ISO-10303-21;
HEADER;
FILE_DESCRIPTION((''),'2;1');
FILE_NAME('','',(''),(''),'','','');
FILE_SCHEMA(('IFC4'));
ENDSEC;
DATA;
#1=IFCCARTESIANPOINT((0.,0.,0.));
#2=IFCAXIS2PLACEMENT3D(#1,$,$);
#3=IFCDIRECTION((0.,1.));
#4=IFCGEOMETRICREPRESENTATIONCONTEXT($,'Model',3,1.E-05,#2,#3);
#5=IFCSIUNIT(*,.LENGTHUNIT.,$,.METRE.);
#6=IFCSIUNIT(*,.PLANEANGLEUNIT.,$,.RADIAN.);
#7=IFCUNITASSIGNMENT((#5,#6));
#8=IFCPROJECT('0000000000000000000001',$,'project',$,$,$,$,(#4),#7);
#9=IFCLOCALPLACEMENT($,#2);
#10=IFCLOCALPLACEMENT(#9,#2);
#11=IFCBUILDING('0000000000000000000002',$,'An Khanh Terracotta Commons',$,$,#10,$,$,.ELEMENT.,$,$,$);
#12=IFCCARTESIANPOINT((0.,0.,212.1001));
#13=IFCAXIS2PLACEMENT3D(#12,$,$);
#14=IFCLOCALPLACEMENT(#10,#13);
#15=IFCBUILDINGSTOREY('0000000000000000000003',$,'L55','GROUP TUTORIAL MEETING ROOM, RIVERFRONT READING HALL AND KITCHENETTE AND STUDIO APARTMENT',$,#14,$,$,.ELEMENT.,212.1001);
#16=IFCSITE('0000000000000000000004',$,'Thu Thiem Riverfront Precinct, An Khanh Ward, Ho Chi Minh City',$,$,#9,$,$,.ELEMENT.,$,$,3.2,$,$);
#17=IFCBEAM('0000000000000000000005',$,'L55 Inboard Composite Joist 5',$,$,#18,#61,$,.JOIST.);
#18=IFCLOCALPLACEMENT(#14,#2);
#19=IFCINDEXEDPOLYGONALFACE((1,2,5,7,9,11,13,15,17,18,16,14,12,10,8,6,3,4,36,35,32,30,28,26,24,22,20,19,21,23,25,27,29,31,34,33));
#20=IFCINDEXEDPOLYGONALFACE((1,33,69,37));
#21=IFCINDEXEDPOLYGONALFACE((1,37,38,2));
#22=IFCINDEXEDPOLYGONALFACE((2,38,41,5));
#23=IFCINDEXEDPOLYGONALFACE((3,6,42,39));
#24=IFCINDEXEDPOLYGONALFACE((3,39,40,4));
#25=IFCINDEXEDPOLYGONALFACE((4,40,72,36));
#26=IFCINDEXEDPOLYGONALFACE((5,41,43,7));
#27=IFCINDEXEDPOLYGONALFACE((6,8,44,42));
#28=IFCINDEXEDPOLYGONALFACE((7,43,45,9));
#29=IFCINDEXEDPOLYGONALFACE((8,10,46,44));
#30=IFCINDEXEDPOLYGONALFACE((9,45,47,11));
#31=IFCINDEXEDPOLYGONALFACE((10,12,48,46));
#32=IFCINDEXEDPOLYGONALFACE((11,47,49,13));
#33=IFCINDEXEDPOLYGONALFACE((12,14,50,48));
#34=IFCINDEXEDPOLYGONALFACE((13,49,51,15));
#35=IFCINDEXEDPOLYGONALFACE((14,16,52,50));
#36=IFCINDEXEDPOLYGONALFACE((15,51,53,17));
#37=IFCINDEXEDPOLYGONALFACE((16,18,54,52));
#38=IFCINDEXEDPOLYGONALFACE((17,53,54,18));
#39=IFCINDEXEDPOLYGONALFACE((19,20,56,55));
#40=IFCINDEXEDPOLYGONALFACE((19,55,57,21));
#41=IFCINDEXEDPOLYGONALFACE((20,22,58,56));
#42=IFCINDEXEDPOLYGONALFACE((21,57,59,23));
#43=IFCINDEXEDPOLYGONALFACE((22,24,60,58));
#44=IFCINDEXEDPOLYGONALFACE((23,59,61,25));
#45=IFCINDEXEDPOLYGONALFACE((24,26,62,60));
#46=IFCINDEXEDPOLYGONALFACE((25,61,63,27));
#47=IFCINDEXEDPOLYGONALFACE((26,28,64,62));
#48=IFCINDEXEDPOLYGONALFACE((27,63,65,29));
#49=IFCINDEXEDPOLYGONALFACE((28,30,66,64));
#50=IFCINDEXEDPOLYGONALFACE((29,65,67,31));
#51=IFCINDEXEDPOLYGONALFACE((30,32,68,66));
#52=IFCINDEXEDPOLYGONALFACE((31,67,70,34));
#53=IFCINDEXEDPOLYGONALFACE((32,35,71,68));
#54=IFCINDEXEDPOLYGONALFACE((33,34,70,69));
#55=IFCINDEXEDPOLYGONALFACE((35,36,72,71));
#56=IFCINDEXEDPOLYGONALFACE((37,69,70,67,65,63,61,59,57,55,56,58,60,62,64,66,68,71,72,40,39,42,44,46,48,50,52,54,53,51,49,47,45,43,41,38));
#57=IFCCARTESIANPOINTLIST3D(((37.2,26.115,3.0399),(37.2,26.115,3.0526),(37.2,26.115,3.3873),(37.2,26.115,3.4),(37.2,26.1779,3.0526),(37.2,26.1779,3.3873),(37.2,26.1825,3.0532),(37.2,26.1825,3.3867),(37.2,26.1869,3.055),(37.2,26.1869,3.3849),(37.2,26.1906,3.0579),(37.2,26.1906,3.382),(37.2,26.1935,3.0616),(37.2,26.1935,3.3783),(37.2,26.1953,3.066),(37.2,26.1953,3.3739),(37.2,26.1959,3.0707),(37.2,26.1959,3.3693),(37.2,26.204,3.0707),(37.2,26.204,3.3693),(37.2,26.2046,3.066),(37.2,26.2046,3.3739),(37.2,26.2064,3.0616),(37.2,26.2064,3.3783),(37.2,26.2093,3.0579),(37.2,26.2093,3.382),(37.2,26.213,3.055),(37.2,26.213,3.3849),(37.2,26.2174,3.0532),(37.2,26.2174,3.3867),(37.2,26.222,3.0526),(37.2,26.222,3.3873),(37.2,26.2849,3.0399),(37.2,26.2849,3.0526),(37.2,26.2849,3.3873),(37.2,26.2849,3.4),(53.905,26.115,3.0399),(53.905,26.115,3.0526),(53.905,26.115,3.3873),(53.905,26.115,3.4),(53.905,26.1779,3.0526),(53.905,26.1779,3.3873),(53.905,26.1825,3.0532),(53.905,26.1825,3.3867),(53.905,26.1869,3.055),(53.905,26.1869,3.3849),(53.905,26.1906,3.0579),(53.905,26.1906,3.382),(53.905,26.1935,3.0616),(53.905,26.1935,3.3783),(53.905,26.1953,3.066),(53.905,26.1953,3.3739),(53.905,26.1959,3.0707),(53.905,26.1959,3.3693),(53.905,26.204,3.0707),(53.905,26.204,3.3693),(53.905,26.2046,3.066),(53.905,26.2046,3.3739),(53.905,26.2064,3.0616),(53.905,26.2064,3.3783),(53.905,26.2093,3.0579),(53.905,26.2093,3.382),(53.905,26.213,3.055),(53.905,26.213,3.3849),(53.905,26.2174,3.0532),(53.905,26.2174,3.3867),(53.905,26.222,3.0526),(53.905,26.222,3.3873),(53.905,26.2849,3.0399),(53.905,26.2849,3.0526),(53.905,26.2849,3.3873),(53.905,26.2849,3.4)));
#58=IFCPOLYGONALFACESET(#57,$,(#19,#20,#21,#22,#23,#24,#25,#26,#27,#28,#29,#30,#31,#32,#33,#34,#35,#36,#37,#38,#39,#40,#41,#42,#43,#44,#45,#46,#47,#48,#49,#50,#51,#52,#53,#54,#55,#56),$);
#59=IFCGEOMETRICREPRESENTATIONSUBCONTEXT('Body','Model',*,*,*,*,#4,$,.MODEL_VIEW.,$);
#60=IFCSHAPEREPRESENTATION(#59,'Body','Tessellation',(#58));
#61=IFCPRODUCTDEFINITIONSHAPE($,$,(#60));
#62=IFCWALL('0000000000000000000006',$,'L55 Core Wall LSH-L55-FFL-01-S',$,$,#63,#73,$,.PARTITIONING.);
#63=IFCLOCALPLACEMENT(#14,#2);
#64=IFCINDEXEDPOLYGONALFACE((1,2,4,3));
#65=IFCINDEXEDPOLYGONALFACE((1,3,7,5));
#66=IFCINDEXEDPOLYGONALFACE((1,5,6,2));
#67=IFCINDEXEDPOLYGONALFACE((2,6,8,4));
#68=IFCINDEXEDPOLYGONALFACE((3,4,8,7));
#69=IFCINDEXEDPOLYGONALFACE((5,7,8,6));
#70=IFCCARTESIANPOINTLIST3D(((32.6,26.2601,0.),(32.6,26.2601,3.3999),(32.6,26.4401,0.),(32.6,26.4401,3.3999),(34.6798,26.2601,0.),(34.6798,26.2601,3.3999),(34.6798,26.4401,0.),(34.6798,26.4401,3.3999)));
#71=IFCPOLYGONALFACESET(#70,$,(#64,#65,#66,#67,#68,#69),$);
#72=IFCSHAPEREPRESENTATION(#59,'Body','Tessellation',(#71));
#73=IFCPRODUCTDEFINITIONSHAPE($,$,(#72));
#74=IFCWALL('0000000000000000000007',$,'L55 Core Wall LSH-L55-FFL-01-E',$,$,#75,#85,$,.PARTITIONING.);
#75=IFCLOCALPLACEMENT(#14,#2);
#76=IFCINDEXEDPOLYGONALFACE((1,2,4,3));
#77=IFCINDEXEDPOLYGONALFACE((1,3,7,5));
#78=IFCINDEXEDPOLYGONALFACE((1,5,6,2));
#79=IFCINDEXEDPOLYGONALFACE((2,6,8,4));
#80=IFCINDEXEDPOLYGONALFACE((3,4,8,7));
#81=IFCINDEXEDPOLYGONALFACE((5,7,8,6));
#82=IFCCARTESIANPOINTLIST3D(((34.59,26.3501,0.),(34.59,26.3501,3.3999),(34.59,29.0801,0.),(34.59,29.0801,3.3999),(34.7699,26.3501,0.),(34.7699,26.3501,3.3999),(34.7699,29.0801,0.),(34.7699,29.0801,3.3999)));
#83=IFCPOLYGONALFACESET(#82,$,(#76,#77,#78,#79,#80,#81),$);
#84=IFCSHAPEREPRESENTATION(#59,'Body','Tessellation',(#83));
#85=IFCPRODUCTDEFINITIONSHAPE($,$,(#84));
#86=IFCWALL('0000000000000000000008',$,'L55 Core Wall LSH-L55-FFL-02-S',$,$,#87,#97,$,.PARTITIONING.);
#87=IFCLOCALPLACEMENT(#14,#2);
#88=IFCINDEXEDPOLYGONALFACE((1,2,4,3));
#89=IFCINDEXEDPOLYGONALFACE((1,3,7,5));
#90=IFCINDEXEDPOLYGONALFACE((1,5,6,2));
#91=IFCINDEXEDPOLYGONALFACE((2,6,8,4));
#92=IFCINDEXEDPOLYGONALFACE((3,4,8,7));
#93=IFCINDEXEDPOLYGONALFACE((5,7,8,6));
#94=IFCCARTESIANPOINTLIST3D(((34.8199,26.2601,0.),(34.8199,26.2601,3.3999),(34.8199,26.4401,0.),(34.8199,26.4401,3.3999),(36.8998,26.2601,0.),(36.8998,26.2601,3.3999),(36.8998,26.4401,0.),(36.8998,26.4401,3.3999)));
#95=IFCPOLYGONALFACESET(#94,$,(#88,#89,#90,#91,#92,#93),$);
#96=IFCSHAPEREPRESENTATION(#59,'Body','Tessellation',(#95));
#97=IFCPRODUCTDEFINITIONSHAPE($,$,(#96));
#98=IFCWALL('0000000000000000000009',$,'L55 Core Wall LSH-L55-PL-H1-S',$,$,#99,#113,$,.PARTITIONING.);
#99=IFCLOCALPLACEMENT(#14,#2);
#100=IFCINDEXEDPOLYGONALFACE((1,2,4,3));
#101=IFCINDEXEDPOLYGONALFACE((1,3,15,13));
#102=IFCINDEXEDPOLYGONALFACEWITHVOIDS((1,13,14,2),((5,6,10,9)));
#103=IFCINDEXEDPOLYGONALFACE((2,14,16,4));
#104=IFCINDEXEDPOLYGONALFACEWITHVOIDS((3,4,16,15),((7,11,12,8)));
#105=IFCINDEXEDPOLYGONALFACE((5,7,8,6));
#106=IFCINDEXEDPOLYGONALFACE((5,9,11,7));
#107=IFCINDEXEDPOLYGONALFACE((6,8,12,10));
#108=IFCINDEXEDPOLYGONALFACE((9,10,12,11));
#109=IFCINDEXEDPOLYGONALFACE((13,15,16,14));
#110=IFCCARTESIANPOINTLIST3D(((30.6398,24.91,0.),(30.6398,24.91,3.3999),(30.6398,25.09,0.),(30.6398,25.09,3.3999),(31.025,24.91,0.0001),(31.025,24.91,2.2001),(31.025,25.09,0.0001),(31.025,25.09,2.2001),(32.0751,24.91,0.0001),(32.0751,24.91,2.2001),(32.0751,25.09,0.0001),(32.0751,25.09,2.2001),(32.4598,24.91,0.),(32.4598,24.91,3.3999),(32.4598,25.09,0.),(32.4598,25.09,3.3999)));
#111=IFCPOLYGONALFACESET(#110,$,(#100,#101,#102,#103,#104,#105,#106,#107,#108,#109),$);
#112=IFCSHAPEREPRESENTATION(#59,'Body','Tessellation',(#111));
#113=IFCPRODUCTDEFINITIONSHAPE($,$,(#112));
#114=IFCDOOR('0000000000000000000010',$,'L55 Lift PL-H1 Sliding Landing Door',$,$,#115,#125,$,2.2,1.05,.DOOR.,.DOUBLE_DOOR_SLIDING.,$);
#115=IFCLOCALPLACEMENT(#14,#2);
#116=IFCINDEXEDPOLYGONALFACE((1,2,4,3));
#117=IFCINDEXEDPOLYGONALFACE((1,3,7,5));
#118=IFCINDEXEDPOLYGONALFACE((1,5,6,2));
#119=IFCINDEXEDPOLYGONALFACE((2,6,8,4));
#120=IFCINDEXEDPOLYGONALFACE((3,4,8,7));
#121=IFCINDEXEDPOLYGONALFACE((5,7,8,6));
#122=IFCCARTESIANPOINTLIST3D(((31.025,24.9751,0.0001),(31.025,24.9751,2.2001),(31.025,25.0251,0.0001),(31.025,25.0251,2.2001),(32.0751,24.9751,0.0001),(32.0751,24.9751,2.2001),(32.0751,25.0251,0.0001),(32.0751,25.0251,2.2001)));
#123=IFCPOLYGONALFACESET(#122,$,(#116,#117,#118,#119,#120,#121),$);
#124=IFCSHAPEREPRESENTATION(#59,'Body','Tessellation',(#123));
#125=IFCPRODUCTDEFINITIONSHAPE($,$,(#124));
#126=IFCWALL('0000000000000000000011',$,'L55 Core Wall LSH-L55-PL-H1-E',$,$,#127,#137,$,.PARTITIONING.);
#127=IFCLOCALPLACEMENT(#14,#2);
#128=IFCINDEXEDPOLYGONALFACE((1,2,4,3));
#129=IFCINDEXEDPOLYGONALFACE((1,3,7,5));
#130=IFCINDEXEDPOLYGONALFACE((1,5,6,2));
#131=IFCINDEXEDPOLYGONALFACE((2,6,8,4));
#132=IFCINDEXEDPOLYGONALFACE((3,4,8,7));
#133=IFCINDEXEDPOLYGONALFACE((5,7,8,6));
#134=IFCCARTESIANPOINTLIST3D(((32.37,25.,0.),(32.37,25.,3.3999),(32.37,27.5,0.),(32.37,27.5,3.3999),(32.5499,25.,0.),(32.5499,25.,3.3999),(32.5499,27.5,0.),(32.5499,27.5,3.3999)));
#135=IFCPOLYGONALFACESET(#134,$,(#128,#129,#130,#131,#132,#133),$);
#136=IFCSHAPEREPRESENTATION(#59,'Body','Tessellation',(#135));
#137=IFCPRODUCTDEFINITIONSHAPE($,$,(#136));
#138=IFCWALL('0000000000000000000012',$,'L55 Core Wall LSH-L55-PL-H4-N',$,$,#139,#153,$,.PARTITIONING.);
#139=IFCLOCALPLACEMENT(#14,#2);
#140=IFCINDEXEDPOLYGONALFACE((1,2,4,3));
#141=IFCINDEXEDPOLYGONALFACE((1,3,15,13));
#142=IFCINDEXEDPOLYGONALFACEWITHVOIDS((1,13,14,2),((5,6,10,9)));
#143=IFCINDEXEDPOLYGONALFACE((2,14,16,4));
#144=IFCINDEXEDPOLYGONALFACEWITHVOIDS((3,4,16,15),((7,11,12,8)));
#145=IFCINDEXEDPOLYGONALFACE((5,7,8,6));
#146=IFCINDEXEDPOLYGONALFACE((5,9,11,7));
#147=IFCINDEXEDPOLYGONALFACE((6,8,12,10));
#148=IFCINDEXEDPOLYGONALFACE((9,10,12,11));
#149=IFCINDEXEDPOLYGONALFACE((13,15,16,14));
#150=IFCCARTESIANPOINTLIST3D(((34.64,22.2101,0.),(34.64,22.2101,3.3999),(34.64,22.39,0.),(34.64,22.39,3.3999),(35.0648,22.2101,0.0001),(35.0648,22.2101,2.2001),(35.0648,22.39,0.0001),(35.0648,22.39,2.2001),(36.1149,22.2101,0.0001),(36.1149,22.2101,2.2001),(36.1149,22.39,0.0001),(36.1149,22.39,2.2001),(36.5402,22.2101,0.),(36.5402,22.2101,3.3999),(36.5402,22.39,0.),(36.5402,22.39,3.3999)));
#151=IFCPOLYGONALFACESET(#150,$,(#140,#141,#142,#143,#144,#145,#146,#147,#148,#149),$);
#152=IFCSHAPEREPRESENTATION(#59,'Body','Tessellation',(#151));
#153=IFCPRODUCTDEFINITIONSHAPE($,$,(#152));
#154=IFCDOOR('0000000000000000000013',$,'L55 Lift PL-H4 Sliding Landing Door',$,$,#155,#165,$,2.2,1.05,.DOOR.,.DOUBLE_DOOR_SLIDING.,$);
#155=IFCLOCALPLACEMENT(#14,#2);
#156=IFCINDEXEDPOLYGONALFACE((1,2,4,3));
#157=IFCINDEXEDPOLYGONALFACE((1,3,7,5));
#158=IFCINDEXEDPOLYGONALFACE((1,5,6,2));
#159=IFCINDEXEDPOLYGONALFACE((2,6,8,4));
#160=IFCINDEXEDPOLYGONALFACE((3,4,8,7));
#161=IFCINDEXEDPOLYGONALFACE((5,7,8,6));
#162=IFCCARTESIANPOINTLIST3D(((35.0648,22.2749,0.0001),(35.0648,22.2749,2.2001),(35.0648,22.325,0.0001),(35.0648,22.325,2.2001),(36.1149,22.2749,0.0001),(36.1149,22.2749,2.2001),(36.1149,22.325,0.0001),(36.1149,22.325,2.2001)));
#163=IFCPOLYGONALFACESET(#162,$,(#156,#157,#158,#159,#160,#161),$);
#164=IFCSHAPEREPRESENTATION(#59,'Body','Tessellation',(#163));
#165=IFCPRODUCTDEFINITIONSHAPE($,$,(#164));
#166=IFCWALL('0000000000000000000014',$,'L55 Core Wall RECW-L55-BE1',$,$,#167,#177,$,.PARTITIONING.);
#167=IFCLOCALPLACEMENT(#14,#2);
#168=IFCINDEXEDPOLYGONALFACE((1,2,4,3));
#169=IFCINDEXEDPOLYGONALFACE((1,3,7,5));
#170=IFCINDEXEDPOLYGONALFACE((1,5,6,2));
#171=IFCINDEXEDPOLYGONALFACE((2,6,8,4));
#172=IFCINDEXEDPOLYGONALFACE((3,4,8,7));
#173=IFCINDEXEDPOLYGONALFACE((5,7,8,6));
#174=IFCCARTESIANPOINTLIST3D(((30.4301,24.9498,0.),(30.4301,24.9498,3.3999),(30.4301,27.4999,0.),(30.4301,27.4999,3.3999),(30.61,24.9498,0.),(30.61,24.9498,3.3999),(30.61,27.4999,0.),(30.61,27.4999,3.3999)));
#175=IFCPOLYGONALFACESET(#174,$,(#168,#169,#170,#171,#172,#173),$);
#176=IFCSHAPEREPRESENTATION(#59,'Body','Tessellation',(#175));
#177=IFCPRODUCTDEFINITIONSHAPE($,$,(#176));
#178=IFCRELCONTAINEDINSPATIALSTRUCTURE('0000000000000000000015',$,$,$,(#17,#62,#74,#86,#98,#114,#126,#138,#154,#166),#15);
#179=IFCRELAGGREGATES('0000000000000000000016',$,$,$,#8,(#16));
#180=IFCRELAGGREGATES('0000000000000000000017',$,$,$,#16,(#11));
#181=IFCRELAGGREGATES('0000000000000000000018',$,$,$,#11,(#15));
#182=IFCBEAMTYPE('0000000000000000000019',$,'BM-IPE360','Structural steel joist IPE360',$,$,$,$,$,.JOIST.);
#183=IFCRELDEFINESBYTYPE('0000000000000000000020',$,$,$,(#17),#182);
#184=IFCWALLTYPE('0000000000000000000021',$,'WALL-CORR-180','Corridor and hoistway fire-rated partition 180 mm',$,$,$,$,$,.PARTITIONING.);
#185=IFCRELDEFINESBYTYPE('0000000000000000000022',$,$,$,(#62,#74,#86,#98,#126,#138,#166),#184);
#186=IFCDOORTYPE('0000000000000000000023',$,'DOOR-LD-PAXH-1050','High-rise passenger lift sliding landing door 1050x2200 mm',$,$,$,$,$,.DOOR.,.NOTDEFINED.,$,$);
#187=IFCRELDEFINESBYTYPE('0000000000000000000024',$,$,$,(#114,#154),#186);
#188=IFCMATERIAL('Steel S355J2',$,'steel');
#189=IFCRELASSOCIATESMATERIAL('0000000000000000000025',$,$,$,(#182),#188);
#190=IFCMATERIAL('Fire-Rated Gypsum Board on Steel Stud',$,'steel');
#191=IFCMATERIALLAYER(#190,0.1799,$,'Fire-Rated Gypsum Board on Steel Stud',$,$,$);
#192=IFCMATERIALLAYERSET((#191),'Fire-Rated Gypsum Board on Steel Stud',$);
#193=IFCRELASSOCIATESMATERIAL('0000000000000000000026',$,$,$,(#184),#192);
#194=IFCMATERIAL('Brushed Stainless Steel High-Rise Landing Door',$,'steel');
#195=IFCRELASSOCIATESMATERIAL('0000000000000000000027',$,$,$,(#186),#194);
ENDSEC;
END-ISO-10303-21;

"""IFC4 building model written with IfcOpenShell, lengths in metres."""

from ifc_helpers import new_model, si_unit, direction, frame, frame_2d, origin, origin_2d, place, context, subcontext, project, spatial, rectangle, i_section, extrude, material, layer, layer_set, material_profile, profile_set, type_object, element, fill, save


model = new_model("IFC4")

# Units and contexts
model_context = context("Model", 3, precision=1e-05, world=origin(), true_north=direction((0.0, 1.0)))
body_context = subcontext(model_context, "Body", "Model", "MODEL_VIEW")
ifc_project = project(units=[si_unit("LENGTHUNIT", "METRE"), si_unit("PLANEANGLEUNIT", "RADIAN")], contexts=[model_context])

# Site, building, storey
site_placement = place(None, origin())
site = spatial("IfcSite", under=ifc_project, at=site_placement, Name="Thu Thiem Riverfront Precinct, An Khanh Ward, Ho Chi Minh City", CompositionType="ELEMENT", RefElevation=3.2)
building_placement = place(site_placement, origin())
building = spatial("IfcBuilding", under=site, at=building_placement, Name="An Khanh Terracotta Commons", CompositionType="ELEMENT")
storey_placement = place(building_placement, frame((0.0, 0.0, 212.1001)))
storey = spatial("IfcBuildingStorey", under=building, at=storey_placement, Name="L55", Description="GROUP TUTORIAL MEETING ROOM, RIVERFRONT READING HALL AND KITCHENETTE AND STUDIO APARTMENT", CompositionType="ELEMENT", Elevation=212.1001)

# Beam
ifc_material_1 = material(Name="Steel S355J2", Category="steel")
ifc_material_profile_1 = material_profile(ifc_material_1, i_section(OverallWidth=0.1699, OverallDepth=0.3601, WebThickness=0.0081, FlangeThickness=0.0127, FilletRadius=0.0181, at=origin_2d()), Name="IPE360")
ifc_profile_set_1 = profile_set([ifc_material_profile_1], Name="Steel S355J2")
beam_type_1 = type_object("IfcBeamType", Name="BM-IPE360", Description="Structural steel joist IPE360", PredefinedType="JOIST", material=ifc_profile_set_1)
for number, where, z_axis, x_axis, name in (
    (1, (37.2, 26.2, 3.22), (1.0, 0.0, 0.0), (0.0, 1.0, 0.0), "L55 Inboard Composite Joist 5"),
):
    element("IfcBeam", number, at=place(storey_placement, frame(where, z_axis=z_axis, x_axis=x_axis)), inside=storey, type_object=beam_type_1, Name=name, PredefinedType="JOIST", context=body_context, shape_type="SweptSolid", body=[
        extrude(i_section(OverallWidth=0.1699, OverallDepth=0.3601, WebThickness=0.0081, FlangeThickness=0.0127, FilletRadius=0.0181, at=origin_2d()), origin(), (0.0, 0.0, 1.0), 16.7051),
    ])

# Walls
ifc_material_2 = material(Name="Fire-Rated Gypsum Board on Steel Stud", Category="steel")
ifc_layer = layer(ifc_material_2, 0.1799, Name="Fire-Rated Gypsum Board on Steel Stud")
ifc_layer_set = layer_set([ifc_layer], Name="Fire-Rated Gypsum Board on Steel Stud")
wall_type = type_object("IfcWallType", Name="WALL-CORR-180", Description="Corridor and hoistway fire-rated partition 180 mm", PredefinedType="PARTITIONING", material=ifc_layer_set)
wall_1_placement = place(storey_placement, frame((34.6799, 26.3501, 0.0), z_axis=(0.0, 0.0, 1.0), x_axis=(-1.0, 0.0, 0.0)))
element("IfcWall", 2, at=wall_1_placement, inside=storey, type_object=wall_type, Name="L55 Core Wall LSH-L55-FFL-01-S", PredefinedType="PARTITIONING", context=body_context, shape_type="SweptSolid", body=[
    extrude(rectangle(XDim=2.0798, YDim=0.1799, at=frame_2d((1.04, 0.0))), origin(), (0.0, 0.0, 1.0), 3.3999),
])
wall_2_placement = place(storey_placement, frame((34.6799, 26.3501, 0.0), z_axis=(0.0, 0.0, 1.0), x_axis=(0.0, 1.0, 0.0)))
element("IfcWall", 3, at=wall_2_placement, inside=storey, type_object=wall_type, Name="L55 Core Wall LSH-L55-FFL-01-E", PredefinedType="PARTITIONING", context=body_context, shape_type="SweptSolid", body=[
    extrude(rectangle(XDim=2.73, YDim=0.1799, at=frame_2d((1.365, 0.0))), origin(), (0.0, 0.0, 1.0), 3.3999),
])
wall_3_placement = place(storey_placement, frame((36.8999, 26.3501, 0.0), z_axis=(0.0, 0.0, 1.0), x_axis=(-1.0, 0.0, 0.0)))
element("IfcWall", 4, at=wall_3_placement, inside=storey, type_object=wall_type, Name="L55 Core Wall LSH-L55-FFL-02-S", PredefinedType="PARTITIONING", context=body_context, shape_type="SweptSolid", body=[
    extrude(rectangle(XDim=2.0798, YDim=0.1799, at=frame_2d((1.04, 0.0))), origin(), (0.0, 0.0, 1.0), 3.3999),
])

# Wall, opening, door
wall_4_placement = place(storey_placement, frame((32.46, 25.0, 0.0), z_axis=(0.0, 0.0, 1.0), x_axis=(-1.0, 0.0, 0.0)))
wall_4 = element("IfcWall", 5, at=wall_4_placement, inside=storey, type_object=wall_type, Name="L55 Core Wall LSH-L55-PL-H1-S", PredefinedType="PARTITIONING", context=body_context, shape_type="SweptSolid", body=[
    extrude(rectangle(XDim=1.8201, YDim=0.1799, at=frame_2d((0.9102, 0.0))), origin(), (0.0, 0.0, 1.0), 3.3999),
])
opening_1_placement = place(wall_4_placement, frame((0.385, 0.0, 0.0)))
opening_1 = element("IfcOpeningElement", 6, at=opening_1_placement, cuts=wall_4, PredefinedType="OPENING", context=body_context, shape_type="SweptSolid", body=[
    extrude(rectangle(XDim=1.05, YDim=2.2, at=frame_2d((0.5249, 1.1001))), frame((0.0, 0.0999, 0.0), z_axis=(0.0, -1.0, 0.0), x_axis=(1.0, 0.0, 0.0)), (0.0, 0.0, 1.0), 0.2),
])
ifc_material_3 = material(Name="Brushed Stainless Steel High-Rise Landing Door", Category="steel")
door_type_1 = type_object("IfcDoorType", Name="DOOR-LD-PAXH-1050", Description="High-rise passenger lift sliding landing door 1050x2200 mm", OperationType="NOTDEFINED", PredefinedType="DOOR", material=ifc_material_3)
door_1_placement = place(opening_1_placement, origin())
door_1 = element("IfcDoor", 7, at=door_1_placement, inside=storey, type_object=door_type_1, Name="L55 Lift PL-H1 Sliding Landing Door", OperationType="DOUBLE_DOOR_SLIDING", OverallHeight=2.2, OverallWidth=1.05, PredefinedType="DOOR", context=body_context, shape_type="SweptSolid", body=[
    extrude(rectangle(XDim=1.05, YDim=2.2, at=frame_2d((0.5249, 1.1001))), frame((0.0, 0.0249, 0.0), z_axis=(0.0, -1.0, 0.0), x_axis=(1.0, 0.0, 0.0)), (0.0, 0.0, 1.0), 0.05),
])
fill(opening_1, door_1)

# Wall
wall_5_placement = place(storey_placement, frame((32.46, 25.0, 0.0), z_axis=(0.0, 0.0, 1.0), x_axis=(0.0, 1.0, 0.0)))
element("IfcWall", 8, at=wall_5_placement, inside=storey, type_object=wall_type, Name="L55 Core Wall LSH-L55-PL-H1-E", PredefinedType="PARTITIONING", context=body_context, shape_type="SweptSolid", body=[
    extrude(rectangle(XDim=2.5, YDim=0.1799, at=frame_2d((1.25, 0.0))), origin(), (0.0, 0.0, 1.0), 3.3999),
])

# Wall, opening, door
wall_6_placement = place(storey_placement, frame((34.6399, 22.3, 0.0), z_axis=(0.0, 0.0, 1.0), x_axis=(1.0, 0.0, 0.0)))
wall_6 = element("IfcWall", 9, at=wall_6_placement, inside=storey, type_object=wall_type, Name="L55 Core Wall LSH-L55-PL-H4-N", PredefinedType="PARTITIONING", context=body_context, shape_type="SweptSolid", body=[
    extrude(rectangle(XDim=1.9001, YDim=0.1799, at=frame_2d((0.9502, 0.0))), origin(), (0.0, 0.0, 1.0), 3.3999),
])
opening_2_placement = place(wall_6_placement, frame((0.425, 0.0, 0.0)))
opening_2 = element("IfcOpeningElement", 10, at=opening_2_placement, cuts=wall_6, PredefinedType="OPENING", context=body_context, shape_type="SweptSolid", body=[
    extrude(rectangle(XDim=1.05, YDim=2.2, at=frame_2d((0.5249, 1.1001))), frame((0.0, 0.0999, 0.0), z_axis=(0.0, -1.0, 0.0), x_axis=(1.0, 0.0, 0.0)), (0.0, 0.0, 1.0), 0.2),
])
door_2_placement = place(opening_2_placement, origin())
door_2 = element("IfcDoor", 11, at=door_2_placement, inside=storey, type_object=door_type_1, Name="L55 Lift PL-H4 Sliding Landing Door", OperationType="DOUBLE_DOOR_SLIDING", OverallHeight=2.2, OverallWidth=1.05, PredefinedType="DOOR", context=body_context, shape_type="SweptSolid", body=[
    extrude(rectangle(XDim=1.05, YDim=2.2, at=frame_2d((0.5249, 1.1001))), frame((0.0, 0.0249, 0.0), z_axis=(0.0, -1.0, 0.0), x_axis=(1.0, 0.0, 0.0)), (0.0, 0.0, 1.0), 0.05),
])
fill(opening_2, door_2)

# Wall
wall_7_placement = place(storey_placement, frame((30.52, 24.95, 0.0), z_axis=(0.0, 0.0, 1.0), x_axis=(0.0, 1.0, 0.0)))
element("IfcWall", 12, at=wall_7_placement, inside=storey, type_object=wall_type, Name="L55 Core Wall RECW-L55-BE1", PredefinedType="PARTITIONING", context=body_context, shape_type="SweptSolid", body=[
    extrude(rectangle(XDim=2.55, YDim=0.1799, at=frame_2d((1.2749, 0.0))), origin(), (0.0, 0.0, 1.0), 3.3999),
])

save(model, "model.ifc")
